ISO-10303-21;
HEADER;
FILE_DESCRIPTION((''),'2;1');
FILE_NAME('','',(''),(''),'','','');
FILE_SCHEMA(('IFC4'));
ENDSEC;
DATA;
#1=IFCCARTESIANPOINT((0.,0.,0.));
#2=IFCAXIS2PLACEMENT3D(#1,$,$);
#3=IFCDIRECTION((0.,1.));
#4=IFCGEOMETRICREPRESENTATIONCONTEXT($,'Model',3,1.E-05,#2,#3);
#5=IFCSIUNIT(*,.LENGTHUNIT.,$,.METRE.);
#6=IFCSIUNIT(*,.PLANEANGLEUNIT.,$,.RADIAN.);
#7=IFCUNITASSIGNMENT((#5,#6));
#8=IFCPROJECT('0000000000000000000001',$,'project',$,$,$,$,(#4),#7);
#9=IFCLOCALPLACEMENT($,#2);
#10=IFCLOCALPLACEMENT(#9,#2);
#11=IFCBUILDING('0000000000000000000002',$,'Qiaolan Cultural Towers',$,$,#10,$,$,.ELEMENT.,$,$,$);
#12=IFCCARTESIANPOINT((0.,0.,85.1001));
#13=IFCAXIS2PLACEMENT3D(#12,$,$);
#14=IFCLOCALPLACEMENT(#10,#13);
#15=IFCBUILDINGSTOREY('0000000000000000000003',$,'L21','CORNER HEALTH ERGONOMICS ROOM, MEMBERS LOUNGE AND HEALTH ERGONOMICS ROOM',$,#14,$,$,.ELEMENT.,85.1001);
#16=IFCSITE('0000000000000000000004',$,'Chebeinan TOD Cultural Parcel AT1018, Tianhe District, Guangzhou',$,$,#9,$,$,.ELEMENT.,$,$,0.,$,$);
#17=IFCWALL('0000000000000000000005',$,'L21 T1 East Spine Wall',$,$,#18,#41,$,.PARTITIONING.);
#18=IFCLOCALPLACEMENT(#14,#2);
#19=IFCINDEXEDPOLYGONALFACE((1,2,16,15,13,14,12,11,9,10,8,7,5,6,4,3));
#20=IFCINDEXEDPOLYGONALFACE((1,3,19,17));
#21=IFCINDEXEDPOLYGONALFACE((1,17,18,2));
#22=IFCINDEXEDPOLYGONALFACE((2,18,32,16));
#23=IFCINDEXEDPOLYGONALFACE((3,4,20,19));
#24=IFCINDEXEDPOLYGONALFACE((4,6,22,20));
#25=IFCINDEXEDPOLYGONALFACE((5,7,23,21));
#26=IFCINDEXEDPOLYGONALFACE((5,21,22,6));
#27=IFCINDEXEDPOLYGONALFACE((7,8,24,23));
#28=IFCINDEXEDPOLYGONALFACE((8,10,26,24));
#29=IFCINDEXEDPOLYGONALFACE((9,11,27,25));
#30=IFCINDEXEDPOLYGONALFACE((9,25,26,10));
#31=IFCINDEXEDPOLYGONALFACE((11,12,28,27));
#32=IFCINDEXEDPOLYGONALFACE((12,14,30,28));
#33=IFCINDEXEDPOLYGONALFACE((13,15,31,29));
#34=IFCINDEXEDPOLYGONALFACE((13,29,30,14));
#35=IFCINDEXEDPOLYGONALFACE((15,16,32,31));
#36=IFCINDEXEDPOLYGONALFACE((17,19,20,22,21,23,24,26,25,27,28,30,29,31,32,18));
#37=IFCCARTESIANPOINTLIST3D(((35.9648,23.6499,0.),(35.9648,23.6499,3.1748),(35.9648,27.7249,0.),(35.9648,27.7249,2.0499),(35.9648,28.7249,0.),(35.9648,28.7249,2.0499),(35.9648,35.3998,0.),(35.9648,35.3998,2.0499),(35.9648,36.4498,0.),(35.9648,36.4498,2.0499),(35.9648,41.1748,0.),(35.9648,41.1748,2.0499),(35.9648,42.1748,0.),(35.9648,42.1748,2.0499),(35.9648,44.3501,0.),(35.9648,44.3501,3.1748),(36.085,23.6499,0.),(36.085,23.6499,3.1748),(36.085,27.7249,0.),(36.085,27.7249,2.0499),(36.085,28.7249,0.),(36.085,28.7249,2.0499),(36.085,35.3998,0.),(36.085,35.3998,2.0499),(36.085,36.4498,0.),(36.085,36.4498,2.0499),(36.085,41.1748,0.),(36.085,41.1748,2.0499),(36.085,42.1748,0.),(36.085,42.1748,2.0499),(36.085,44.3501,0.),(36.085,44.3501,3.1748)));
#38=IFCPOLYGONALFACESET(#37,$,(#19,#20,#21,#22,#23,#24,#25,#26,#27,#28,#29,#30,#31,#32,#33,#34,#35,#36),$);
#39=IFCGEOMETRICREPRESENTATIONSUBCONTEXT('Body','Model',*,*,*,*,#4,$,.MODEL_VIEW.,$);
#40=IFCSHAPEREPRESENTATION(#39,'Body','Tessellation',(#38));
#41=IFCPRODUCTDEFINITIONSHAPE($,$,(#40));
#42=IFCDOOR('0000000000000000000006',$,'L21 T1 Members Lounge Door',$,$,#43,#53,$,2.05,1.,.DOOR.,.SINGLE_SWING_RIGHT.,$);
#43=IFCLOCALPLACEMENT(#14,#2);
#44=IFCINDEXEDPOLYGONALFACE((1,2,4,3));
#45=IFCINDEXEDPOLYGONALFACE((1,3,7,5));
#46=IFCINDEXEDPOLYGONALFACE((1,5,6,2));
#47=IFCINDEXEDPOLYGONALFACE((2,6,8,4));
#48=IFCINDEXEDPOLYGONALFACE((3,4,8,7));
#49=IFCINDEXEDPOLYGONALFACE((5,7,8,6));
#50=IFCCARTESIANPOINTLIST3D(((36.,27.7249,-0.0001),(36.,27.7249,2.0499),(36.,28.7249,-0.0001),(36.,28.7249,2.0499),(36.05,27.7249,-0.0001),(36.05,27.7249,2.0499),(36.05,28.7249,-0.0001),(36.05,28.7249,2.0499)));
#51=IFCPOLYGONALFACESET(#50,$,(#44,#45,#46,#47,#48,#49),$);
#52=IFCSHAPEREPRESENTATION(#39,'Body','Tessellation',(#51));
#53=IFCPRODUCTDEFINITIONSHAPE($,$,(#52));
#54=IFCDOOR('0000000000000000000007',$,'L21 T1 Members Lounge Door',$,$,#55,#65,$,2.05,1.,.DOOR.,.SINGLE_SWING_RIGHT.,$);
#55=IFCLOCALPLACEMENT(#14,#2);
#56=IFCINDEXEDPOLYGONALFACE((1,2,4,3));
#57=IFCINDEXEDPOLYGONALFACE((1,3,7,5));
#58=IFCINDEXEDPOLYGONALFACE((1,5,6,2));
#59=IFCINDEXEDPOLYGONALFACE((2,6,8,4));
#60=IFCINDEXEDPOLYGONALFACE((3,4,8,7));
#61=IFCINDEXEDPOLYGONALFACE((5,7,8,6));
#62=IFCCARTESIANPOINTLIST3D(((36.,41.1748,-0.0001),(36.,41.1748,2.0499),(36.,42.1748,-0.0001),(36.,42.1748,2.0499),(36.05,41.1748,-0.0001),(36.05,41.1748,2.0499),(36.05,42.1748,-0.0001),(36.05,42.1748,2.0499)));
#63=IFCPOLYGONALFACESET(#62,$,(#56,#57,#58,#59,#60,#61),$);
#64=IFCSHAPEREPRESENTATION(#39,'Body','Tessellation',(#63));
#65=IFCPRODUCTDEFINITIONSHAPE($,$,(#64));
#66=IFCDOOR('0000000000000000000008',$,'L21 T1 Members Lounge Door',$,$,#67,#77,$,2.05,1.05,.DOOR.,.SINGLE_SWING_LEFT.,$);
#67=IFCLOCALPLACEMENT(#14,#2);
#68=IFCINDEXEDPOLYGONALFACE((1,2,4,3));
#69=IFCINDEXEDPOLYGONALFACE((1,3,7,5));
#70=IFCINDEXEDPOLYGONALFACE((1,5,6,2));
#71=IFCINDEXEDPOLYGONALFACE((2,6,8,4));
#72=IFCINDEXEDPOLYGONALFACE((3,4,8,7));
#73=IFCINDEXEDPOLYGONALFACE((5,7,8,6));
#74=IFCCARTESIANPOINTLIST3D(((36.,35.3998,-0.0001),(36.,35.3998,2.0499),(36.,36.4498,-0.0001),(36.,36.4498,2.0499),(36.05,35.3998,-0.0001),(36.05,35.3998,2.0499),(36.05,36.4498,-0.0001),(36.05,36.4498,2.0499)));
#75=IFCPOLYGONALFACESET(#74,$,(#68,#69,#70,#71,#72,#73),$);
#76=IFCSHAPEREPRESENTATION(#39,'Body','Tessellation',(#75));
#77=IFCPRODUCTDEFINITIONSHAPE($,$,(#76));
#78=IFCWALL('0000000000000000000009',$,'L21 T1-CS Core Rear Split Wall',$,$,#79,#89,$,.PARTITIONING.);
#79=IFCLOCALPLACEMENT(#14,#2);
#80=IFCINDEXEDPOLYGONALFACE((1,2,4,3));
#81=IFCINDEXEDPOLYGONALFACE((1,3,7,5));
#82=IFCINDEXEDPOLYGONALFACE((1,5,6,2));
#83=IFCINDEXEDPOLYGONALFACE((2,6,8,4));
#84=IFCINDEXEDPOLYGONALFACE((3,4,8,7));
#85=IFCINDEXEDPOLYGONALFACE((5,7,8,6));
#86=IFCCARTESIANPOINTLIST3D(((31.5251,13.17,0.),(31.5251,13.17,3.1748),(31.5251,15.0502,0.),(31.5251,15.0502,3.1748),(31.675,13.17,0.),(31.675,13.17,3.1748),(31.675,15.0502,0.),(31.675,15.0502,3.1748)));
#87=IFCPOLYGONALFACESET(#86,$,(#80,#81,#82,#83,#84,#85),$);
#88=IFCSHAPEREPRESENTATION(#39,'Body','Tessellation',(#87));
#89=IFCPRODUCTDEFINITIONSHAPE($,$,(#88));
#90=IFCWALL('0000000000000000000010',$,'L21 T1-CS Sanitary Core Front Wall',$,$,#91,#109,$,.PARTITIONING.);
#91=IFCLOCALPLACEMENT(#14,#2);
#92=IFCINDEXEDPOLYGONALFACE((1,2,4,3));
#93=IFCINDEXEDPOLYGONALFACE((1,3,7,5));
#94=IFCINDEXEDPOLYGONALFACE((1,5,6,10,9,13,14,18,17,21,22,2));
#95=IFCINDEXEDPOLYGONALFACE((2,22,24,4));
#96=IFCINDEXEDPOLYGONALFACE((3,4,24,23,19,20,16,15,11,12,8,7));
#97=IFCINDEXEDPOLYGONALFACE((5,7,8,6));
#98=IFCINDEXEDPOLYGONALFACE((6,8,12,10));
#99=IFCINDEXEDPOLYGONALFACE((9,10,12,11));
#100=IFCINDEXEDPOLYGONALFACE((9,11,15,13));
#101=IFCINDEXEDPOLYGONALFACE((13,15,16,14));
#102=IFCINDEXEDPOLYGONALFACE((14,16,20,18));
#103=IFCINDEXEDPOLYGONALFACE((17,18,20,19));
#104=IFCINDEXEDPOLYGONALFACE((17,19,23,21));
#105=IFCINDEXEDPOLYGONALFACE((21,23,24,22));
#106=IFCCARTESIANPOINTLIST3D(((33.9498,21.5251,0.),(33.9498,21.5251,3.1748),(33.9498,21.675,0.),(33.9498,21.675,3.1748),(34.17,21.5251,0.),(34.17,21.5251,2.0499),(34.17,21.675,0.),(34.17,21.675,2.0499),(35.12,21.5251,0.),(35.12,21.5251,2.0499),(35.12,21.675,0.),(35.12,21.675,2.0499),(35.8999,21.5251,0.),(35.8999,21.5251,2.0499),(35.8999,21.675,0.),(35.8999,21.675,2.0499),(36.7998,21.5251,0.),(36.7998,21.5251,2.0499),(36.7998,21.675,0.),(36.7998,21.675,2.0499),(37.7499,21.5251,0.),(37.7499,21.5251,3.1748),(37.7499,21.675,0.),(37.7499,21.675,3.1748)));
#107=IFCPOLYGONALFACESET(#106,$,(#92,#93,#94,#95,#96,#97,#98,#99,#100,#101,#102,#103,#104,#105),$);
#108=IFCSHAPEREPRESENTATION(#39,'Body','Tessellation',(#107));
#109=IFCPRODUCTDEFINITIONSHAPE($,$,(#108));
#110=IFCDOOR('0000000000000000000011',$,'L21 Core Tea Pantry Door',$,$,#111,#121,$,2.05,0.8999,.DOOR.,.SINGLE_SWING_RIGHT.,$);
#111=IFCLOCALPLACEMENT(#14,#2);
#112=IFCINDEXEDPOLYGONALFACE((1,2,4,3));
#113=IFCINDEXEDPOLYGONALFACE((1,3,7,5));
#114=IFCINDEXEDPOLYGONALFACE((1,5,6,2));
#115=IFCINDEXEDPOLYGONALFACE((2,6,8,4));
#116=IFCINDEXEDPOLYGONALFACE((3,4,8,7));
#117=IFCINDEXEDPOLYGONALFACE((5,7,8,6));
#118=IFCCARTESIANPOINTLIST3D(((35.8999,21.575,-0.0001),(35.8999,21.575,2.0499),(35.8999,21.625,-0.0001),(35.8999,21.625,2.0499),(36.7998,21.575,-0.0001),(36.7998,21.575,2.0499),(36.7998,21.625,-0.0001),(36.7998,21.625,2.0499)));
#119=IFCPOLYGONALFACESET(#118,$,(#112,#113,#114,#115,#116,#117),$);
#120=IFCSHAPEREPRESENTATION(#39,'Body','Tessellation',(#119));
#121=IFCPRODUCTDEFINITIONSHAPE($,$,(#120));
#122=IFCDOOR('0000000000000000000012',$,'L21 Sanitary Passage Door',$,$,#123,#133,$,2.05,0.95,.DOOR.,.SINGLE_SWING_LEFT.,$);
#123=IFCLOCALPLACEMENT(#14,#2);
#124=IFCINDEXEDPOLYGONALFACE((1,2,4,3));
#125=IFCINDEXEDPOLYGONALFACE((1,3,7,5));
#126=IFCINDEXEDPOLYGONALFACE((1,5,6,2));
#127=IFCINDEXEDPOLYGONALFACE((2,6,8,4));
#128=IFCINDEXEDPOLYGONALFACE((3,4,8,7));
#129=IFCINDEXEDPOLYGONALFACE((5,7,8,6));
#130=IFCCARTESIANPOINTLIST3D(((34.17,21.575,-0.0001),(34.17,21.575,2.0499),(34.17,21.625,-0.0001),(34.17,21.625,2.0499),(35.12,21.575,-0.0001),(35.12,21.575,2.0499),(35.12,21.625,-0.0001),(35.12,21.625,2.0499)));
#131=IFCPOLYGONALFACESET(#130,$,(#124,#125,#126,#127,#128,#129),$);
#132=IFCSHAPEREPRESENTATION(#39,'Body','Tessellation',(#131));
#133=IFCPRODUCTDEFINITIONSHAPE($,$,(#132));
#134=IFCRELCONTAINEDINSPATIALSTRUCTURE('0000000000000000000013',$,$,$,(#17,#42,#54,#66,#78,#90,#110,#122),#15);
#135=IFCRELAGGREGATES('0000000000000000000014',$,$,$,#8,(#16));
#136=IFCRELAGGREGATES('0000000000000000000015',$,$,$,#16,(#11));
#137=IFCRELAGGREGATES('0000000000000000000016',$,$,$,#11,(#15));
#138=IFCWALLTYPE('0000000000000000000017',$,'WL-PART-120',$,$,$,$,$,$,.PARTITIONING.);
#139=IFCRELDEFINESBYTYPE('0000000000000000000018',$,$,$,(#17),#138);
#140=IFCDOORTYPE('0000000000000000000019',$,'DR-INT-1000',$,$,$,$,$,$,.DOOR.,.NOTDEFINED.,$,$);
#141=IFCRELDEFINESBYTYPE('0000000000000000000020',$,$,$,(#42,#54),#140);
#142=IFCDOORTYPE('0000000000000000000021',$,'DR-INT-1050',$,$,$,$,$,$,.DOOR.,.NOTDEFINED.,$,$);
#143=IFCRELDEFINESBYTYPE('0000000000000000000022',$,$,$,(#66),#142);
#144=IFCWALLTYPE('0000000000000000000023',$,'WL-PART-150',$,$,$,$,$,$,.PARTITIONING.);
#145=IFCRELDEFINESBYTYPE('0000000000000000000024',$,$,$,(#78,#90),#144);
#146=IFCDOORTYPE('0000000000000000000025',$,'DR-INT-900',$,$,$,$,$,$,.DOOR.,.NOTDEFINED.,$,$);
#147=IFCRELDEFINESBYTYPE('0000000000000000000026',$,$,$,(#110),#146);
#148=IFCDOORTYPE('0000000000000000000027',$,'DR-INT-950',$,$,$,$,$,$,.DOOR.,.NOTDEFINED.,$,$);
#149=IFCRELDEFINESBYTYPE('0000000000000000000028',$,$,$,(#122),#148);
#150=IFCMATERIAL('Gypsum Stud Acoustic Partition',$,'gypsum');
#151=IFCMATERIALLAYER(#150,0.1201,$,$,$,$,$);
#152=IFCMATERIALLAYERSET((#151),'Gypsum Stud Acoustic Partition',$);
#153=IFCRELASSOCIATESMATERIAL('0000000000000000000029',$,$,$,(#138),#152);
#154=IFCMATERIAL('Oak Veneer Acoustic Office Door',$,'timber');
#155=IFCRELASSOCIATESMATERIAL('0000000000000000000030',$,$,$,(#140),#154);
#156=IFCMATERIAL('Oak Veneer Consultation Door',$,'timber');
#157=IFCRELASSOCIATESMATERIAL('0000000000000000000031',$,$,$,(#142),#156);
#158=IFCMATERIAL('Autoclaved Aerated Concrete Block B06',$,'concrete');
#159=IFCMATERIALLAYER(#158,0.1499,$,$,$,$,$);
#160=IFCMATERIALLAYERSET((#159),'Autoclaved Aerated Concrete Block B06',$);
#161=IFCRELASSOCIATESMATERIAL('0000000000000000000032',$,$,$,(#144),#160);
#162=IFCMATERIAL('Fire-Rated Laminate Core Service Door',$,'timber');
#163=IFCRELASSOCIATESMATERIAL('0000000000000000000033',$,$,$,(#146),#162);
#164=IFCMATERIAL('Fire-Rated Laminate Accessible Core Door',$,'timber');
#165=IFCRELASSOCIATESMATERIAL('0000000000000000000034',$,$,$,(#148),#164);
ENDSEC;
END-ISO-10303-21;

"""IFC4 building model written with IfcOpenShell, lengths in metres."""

from ifc_helpers import new_model, si_unit, direction, frame, frame_2d, origin, place, context, subcontext, project, spatial, rectangle, extrude, material, layer, layer_set, type_object, element, fill, save


model = new_model("IFC4")

# Units and contexts
model_context = context("Model", 3, precision=1e-05, world=origin(), true_north=direction((0.0, 1.0)))
body_context = subcontext(model_context, "Body", "Model", "MODEL_VIEW")
ifc_project = project(units=[si_unit("LENGTHUNIT", "METRE"), si_unit("PLANEANGLEUNIT", "RADIAN")], contexts=[model_context])

# Site, building, storey
site_placement = place(None, origin())
site = spatial("IfcSite", under=ifc_project, at=site_placement, Name="Chebeinan TOD Cultural Parcel AT1018, Tianhe District, Guangzhou", CompositionType="ELEMENT", RefElevation=0.0)
building_placement = place(site_placement, origin())
building = spatial("IfcBuilding", under=site, at=building_placement, Name="Qiaolan Cultural Towers", CompositionType="ELEMENT")
storey_placement = place(building_placement, frame((0.0, 0.0, 85.1001)))
storey = spatial("IfcBuildingStorey", under=building, at=storey_placement, Name="L21", Description="CORNER HEALTH ERGONOMICS ROOM, MEMBERS LOUNGE AND HEALTH ERGONOMICS ROOM", CompositionType="ELEMENT", Elevation=85.1001)

# Shared definitions
ifc_material_1 = material(Name="Gypsum Stud Acoustic Partition", Category="gypsum")
ifc_layer_1 = layer(ifc_material_1, 0.1201)
ifc_layer_set_1 = layer_set([ifc_layer_1], Name="Gypsum Stud Acoustic Partition")
wall_type_1 = type_object("IfcWallType", Name="WL-PART-120", PredefinedType="PARTITIONING", material=ifc_layer_set_1)

# Wall, openings, doors
wall_1_placement = place(storey_placement, frame((36.0249, 23.6499, 0.0), z_axis=(0.0, 0.0, 1.0), x_axis=(0.0, 1.0, 0.0)))
wall_1 = element("IfcWall", 1, at=wall_1_placement, inside=storey, type_object=wall_type_1, Name="L21 T1 East Spine Wall", PredefinedType="PARTITIONING", context=body_context, shape_type="SweptSolid", body=[
    extrude(rectangle(XDim=20.7002, YDim=0.1201, at=frame_2d((10.3501, 0.0))), origin(), (0.0, 0.0, 1.0), 3.1748),
])
opening_1_placement = place(wall_1_placement, frame((4.075, 0.0, 0.0)))
opening_1 = element("IfcOpeningElement", 2, at=opening_1_placement, cuts=wall_1, PredefinedType="OPENING", context=body_context, shape_type="SweptSolid", body=[
    extrude(rectangle(XDim=1.0, YDim=2.05, at=frame_2d((0.5, 1.0249))), frame((0.0, 0.0701, 0.0), z_axis=(0.0, -1.0, 0.0), x_axis=(1.0, 0.0, 0.0)), (0.0, 0.0, 1.0), 0.1401),
])
opening_2_placement = place(wall_1_placement, frame((11.75, 0.0, 0.0)))
opening_2 = element("IfcOpeningElement", 3, at=opening_2_placement, cuts=wall_1, PredefinedType="OPENING", context=body_context, shape_type="SweptSolid", body=[
    extrude(rectangle(XDim=1.05, YDim=2.05, at=frame_2d((0.5249, 1.0249))), frame((0.0, 0.0701, 0.0), z_axis=(0.0, -1.0, 0.0), x_axis=(1.0, 0.0, 0.0)), (0.0, 0.0, 1.0), 0.1401),
])
opening_3_placement = place(wall_1_placement, frame((17.5249, 0.0, 0.0)))
opening_3 = element("IfcOpeningElement", 4, at=opening_3_placement, cuts=wall_1, PredefinedType="OPENING", context=body_context, shape_type="SweptSolid", body=[
    extrude(rectangle(XDim=1.0, YDim=2.05, at=frame_2d((0.5, 1.0249))), frame((0.0, 0.0701, 0.0), z_axis=(0.0, -1.0, 0.0), x_axis=(1.0, 0.0, 0.0)), (0.0, 0.0, 1.0), 0.1401),
])
ifc_material_2 = material(Name="Oak Veneer Acoustic Office Door", Category="timber")
door_type_1 = type_object("IfcDoorType", Name="DR-INT-1000", OperationType="NOTDEFINED", PredefinedType="DOOR", material=ifc_material_2)
door_1_placement = place(opening_1_placement, origin())
door_1 = element("IfcDoor", 5, at=door_1_placement, inside=storey, type_object=door_type_1, Name="L21 T1 Members Lounge Door", OperationType="SINGLE_SWING_RIGHT", OverallHeight=2.05, OverallWidth=1.0, PredefinedType="DOOR", context=body_context, shape_type="SweptSolid", body=[
    extrude(rectangle(XDim=1.0, YDim=2.05, at=frame_2d((0.5, 1.0249))), frame((0.0, 0.0249, 0.0), z_axis=(0.0, -1.0, 0.0), x_axis=(1.0, 0.0, 0.0)), (0.0, 0.0, 1.0), 0.05),
])
fill(opening_1, door_1)
door_2_placement = place(opening_3_placement, origin())
door_2 = element("IfcDoor", 6, at=door_2_placement, inside=storey, type_object=door_type_1, Name="L21 T1 Members Lounge Door", OperationType="SINGLE_SWING_RIGHT", OverallHeight=2.05, OverallWidth=1.0, PredefinedType="DOOR", context=body_context, shape_type="SweptSolid", body=[
    extrude(rectangle(XDim=1.0, YDim=2.05, at=frame_2d((0.5, 1.0249))), frame((0.0, 0.0249, 0.0), z_axis=(0.0, -1.0, 0.0), x_axis=(1.0, 0.0, 0.0)), (0.0, 0.0, 1.0), 0.05),
])
fill(opening_3, door_2)
ifc_material_3 = material(Name="Oak Veneer Consultation Door", Category="timber")
door_type_2 = type_object("IfcDoorType", Name="DR-INT-1050", OperationType="NOTDEFINED", PredefinedType="DOOR", material=ifc_material_3)
door_3_placement = place(opening_2_placement, origin())
door_3 = element("IfcDoor", 7, at=door_3_placement, inside=storey, type_object=door_type_2, Name="L21 T1 Members Lounge Door", OperationType="SINGLE_SWING_LEFT", OverallHeight=2.05, OverallWidth=1.05, PredefinedType="DOOR", context=body_context, shape_type="SweptSolid", body=[
    extrude(rectangle(XDim=1.05, YDim=2.05, at=frame_2d((0.5249, 1.0249))), frame((0.0, 0.0249, 0.0), z_axis=(0.0, -1.0, 0.0), x_axis=(1.0, 0.0, 0.0)), (0.0, 0.0, 1.0), 0.05),
])
fill(opening_2, door_3)

# Wall
ifc_material_4 = material(Name="Autoclaved Aerated Concrete Block B06", Category="concrete")
ifc_layer_2 = layer(ifc_material_4, 0.1499)
ifc_layer_set_2 = layer_set([ifc_layer_2], Name="Autoclaved Aerated Concrete Block B06")
wall_type_2 = type_object("IfcWallType", Name="WL-PART-150", PredefinedType="PARTITIONING", material=ifc_layer_set_2)
wall_2_placement = place(storey_placement, frame((31.6001, 15.05, 0.0), z_axis=(0.0, 0.0, 1.0), x_axis=(0.0, -1.0, 0.0)))
element("IfcWall", 8, at=wall_2_placement, inside=storey, type_object=wall_type_2, Name="L21 T1-CS Core Rear Split Wall", PredefinedType="PARTITIONING", context=body_context, shape_type="SweptSolid", body=[
    extrude(rectangle(XDim=1.8801, YDim=0.1499, at=frame_2d((0.9399, 0.0))), origin(), (0.0, 0.0, 1.0), 3.1748),
])

# Wall, openings, doors
wall_3_placement = place(storey_placement, frame((33.95, 21.6001, 0.0), z_axis=(0.0, 0.0, 1.0), x_axis=(1.0, 0.0, 0.0)))
wall_3 = element("IfcWall", 9, at=wall_3_placement, inside=storey, type_object=wall_type_2, Name="L21 T1-CS Sanitary Core Front Wall", PredefinedType="PARTITIONING", context=body_context, shape_type="SweptSolid", body=[
    extrude(rectangle(XDim=3.8, YDim=0.1499, at=frame_2d((1.8999, 0.0))), origin(), (0.0, 0.0, 1.0), 3.1748),
])
opening_4_placement = place(wall_3_placement, frame((0.22, 0.0, 0.0)))
opening_4 = element("IfcOpeningElement", 10, at=opening_4_placement, cuts=wall_3, PredefinedType="OPENING", context=body_context, shape_type="SweptSolid", body=[
    extrude(rectangle(XDim=0.95, YDim=2.05, at=frame_2d((0.4751, 1.0249))), frame((0.0, 0.085, 0.0), z_axis=(0.0, -1.0, 0.0), x_axis=(1.0, 0.0, 0.0)), (0.0, 0.0, 1.0), 0.1699),
])
opening_5_placement = place(wall_3_placement, frame((1.95, 0.0, 0.0)))
opening_5 = element("IfcOpeningElement", 11, at=opening_5_placement, cuts=wall_3, PredefinedType="OPENING", context=body_context, shape_type="SweptSolid", body=[
    extrude(rectangle(XDim=0.8999, YDim=2.05, at=frame_2d((0.45, 1.0249))), frame((0.0, 0.085, 0.0), z_axis=(0.0, -1.0, 0.0), x_axis=(1.0, 0.0, 0.0)), (0.0, 0.0, 1.0), 0.1699),
])
ifc_material_5 = material(Name="Fire-Rated Laminate Core Service Door", Category="timber")
door_type_3 = type_object("IfcDoorType", Name="DR-INT-900", OperationType="NOTDEFINED", PredefinedType="DOOR", material=ifc_material_5)
door_4_placement = place(opening_5_placement, origin())
door_4 = element("IfcDoor", 12, at=door_4_placement, inside=storey, type_object=door_type_3, Name="L21 Core Tea Pantry Door", OperationType="SINGLE_SWING_RIGHT", OverallHeight=2.05, OverallWidth=0.8999, PredefinedType="DOOR", context=body_context, shape_type="SweptSolid", body=[
    extrude(rectangle(XDim=0.8999, YDim=2.05, at=frame_2d((0.45, 1.0249))), frame((0.0, 0.0249, 0.0), z_axis=(0.0, -1.0, 0.0), x_axis=(1.0, 0.0, 0.0)), (0.0, 0.0, 1.0), 0.05),
])
fill(opening_5, door_4)
ifc_material_6 = material(Name="Fire-Rated Laminate Accessible Core Door", Category="timber")
door_type_4 = type_object("IfcDoorType", Name="DR-INT-950", OperationType="NOTDEFINED", PredefinedType="DOOR", material=ifc_material_6)
door_5_placement = place(opening_4_placement, origin())
door_5 = element("IfcDoor", 13, at=door_5_placement, inside=storey, type_object=door_type_4, Name="L21 Sanitary Passage Door", OperationType="SINGLE_SWING_LEFT", OverallHeight=2.05, OverallWidth=0.95, PredefinedType="DOOR", context=body_context, shape_type="SweptSolid", body=[
    extrude(rectangle(XDim=0.95, YDim=2.05, at=frame_2d((0.4751, 1.0249))), frame((0.0, 0.0249, 0.0), z_axis=(0.0, -1.0, 0.0), x_axis=(1.0, 0.0, 0.0)), (0.0, 0.0, 1.0), 0.05),
])
fill(opening_4, door_5)

save(model, "model.ifc")
